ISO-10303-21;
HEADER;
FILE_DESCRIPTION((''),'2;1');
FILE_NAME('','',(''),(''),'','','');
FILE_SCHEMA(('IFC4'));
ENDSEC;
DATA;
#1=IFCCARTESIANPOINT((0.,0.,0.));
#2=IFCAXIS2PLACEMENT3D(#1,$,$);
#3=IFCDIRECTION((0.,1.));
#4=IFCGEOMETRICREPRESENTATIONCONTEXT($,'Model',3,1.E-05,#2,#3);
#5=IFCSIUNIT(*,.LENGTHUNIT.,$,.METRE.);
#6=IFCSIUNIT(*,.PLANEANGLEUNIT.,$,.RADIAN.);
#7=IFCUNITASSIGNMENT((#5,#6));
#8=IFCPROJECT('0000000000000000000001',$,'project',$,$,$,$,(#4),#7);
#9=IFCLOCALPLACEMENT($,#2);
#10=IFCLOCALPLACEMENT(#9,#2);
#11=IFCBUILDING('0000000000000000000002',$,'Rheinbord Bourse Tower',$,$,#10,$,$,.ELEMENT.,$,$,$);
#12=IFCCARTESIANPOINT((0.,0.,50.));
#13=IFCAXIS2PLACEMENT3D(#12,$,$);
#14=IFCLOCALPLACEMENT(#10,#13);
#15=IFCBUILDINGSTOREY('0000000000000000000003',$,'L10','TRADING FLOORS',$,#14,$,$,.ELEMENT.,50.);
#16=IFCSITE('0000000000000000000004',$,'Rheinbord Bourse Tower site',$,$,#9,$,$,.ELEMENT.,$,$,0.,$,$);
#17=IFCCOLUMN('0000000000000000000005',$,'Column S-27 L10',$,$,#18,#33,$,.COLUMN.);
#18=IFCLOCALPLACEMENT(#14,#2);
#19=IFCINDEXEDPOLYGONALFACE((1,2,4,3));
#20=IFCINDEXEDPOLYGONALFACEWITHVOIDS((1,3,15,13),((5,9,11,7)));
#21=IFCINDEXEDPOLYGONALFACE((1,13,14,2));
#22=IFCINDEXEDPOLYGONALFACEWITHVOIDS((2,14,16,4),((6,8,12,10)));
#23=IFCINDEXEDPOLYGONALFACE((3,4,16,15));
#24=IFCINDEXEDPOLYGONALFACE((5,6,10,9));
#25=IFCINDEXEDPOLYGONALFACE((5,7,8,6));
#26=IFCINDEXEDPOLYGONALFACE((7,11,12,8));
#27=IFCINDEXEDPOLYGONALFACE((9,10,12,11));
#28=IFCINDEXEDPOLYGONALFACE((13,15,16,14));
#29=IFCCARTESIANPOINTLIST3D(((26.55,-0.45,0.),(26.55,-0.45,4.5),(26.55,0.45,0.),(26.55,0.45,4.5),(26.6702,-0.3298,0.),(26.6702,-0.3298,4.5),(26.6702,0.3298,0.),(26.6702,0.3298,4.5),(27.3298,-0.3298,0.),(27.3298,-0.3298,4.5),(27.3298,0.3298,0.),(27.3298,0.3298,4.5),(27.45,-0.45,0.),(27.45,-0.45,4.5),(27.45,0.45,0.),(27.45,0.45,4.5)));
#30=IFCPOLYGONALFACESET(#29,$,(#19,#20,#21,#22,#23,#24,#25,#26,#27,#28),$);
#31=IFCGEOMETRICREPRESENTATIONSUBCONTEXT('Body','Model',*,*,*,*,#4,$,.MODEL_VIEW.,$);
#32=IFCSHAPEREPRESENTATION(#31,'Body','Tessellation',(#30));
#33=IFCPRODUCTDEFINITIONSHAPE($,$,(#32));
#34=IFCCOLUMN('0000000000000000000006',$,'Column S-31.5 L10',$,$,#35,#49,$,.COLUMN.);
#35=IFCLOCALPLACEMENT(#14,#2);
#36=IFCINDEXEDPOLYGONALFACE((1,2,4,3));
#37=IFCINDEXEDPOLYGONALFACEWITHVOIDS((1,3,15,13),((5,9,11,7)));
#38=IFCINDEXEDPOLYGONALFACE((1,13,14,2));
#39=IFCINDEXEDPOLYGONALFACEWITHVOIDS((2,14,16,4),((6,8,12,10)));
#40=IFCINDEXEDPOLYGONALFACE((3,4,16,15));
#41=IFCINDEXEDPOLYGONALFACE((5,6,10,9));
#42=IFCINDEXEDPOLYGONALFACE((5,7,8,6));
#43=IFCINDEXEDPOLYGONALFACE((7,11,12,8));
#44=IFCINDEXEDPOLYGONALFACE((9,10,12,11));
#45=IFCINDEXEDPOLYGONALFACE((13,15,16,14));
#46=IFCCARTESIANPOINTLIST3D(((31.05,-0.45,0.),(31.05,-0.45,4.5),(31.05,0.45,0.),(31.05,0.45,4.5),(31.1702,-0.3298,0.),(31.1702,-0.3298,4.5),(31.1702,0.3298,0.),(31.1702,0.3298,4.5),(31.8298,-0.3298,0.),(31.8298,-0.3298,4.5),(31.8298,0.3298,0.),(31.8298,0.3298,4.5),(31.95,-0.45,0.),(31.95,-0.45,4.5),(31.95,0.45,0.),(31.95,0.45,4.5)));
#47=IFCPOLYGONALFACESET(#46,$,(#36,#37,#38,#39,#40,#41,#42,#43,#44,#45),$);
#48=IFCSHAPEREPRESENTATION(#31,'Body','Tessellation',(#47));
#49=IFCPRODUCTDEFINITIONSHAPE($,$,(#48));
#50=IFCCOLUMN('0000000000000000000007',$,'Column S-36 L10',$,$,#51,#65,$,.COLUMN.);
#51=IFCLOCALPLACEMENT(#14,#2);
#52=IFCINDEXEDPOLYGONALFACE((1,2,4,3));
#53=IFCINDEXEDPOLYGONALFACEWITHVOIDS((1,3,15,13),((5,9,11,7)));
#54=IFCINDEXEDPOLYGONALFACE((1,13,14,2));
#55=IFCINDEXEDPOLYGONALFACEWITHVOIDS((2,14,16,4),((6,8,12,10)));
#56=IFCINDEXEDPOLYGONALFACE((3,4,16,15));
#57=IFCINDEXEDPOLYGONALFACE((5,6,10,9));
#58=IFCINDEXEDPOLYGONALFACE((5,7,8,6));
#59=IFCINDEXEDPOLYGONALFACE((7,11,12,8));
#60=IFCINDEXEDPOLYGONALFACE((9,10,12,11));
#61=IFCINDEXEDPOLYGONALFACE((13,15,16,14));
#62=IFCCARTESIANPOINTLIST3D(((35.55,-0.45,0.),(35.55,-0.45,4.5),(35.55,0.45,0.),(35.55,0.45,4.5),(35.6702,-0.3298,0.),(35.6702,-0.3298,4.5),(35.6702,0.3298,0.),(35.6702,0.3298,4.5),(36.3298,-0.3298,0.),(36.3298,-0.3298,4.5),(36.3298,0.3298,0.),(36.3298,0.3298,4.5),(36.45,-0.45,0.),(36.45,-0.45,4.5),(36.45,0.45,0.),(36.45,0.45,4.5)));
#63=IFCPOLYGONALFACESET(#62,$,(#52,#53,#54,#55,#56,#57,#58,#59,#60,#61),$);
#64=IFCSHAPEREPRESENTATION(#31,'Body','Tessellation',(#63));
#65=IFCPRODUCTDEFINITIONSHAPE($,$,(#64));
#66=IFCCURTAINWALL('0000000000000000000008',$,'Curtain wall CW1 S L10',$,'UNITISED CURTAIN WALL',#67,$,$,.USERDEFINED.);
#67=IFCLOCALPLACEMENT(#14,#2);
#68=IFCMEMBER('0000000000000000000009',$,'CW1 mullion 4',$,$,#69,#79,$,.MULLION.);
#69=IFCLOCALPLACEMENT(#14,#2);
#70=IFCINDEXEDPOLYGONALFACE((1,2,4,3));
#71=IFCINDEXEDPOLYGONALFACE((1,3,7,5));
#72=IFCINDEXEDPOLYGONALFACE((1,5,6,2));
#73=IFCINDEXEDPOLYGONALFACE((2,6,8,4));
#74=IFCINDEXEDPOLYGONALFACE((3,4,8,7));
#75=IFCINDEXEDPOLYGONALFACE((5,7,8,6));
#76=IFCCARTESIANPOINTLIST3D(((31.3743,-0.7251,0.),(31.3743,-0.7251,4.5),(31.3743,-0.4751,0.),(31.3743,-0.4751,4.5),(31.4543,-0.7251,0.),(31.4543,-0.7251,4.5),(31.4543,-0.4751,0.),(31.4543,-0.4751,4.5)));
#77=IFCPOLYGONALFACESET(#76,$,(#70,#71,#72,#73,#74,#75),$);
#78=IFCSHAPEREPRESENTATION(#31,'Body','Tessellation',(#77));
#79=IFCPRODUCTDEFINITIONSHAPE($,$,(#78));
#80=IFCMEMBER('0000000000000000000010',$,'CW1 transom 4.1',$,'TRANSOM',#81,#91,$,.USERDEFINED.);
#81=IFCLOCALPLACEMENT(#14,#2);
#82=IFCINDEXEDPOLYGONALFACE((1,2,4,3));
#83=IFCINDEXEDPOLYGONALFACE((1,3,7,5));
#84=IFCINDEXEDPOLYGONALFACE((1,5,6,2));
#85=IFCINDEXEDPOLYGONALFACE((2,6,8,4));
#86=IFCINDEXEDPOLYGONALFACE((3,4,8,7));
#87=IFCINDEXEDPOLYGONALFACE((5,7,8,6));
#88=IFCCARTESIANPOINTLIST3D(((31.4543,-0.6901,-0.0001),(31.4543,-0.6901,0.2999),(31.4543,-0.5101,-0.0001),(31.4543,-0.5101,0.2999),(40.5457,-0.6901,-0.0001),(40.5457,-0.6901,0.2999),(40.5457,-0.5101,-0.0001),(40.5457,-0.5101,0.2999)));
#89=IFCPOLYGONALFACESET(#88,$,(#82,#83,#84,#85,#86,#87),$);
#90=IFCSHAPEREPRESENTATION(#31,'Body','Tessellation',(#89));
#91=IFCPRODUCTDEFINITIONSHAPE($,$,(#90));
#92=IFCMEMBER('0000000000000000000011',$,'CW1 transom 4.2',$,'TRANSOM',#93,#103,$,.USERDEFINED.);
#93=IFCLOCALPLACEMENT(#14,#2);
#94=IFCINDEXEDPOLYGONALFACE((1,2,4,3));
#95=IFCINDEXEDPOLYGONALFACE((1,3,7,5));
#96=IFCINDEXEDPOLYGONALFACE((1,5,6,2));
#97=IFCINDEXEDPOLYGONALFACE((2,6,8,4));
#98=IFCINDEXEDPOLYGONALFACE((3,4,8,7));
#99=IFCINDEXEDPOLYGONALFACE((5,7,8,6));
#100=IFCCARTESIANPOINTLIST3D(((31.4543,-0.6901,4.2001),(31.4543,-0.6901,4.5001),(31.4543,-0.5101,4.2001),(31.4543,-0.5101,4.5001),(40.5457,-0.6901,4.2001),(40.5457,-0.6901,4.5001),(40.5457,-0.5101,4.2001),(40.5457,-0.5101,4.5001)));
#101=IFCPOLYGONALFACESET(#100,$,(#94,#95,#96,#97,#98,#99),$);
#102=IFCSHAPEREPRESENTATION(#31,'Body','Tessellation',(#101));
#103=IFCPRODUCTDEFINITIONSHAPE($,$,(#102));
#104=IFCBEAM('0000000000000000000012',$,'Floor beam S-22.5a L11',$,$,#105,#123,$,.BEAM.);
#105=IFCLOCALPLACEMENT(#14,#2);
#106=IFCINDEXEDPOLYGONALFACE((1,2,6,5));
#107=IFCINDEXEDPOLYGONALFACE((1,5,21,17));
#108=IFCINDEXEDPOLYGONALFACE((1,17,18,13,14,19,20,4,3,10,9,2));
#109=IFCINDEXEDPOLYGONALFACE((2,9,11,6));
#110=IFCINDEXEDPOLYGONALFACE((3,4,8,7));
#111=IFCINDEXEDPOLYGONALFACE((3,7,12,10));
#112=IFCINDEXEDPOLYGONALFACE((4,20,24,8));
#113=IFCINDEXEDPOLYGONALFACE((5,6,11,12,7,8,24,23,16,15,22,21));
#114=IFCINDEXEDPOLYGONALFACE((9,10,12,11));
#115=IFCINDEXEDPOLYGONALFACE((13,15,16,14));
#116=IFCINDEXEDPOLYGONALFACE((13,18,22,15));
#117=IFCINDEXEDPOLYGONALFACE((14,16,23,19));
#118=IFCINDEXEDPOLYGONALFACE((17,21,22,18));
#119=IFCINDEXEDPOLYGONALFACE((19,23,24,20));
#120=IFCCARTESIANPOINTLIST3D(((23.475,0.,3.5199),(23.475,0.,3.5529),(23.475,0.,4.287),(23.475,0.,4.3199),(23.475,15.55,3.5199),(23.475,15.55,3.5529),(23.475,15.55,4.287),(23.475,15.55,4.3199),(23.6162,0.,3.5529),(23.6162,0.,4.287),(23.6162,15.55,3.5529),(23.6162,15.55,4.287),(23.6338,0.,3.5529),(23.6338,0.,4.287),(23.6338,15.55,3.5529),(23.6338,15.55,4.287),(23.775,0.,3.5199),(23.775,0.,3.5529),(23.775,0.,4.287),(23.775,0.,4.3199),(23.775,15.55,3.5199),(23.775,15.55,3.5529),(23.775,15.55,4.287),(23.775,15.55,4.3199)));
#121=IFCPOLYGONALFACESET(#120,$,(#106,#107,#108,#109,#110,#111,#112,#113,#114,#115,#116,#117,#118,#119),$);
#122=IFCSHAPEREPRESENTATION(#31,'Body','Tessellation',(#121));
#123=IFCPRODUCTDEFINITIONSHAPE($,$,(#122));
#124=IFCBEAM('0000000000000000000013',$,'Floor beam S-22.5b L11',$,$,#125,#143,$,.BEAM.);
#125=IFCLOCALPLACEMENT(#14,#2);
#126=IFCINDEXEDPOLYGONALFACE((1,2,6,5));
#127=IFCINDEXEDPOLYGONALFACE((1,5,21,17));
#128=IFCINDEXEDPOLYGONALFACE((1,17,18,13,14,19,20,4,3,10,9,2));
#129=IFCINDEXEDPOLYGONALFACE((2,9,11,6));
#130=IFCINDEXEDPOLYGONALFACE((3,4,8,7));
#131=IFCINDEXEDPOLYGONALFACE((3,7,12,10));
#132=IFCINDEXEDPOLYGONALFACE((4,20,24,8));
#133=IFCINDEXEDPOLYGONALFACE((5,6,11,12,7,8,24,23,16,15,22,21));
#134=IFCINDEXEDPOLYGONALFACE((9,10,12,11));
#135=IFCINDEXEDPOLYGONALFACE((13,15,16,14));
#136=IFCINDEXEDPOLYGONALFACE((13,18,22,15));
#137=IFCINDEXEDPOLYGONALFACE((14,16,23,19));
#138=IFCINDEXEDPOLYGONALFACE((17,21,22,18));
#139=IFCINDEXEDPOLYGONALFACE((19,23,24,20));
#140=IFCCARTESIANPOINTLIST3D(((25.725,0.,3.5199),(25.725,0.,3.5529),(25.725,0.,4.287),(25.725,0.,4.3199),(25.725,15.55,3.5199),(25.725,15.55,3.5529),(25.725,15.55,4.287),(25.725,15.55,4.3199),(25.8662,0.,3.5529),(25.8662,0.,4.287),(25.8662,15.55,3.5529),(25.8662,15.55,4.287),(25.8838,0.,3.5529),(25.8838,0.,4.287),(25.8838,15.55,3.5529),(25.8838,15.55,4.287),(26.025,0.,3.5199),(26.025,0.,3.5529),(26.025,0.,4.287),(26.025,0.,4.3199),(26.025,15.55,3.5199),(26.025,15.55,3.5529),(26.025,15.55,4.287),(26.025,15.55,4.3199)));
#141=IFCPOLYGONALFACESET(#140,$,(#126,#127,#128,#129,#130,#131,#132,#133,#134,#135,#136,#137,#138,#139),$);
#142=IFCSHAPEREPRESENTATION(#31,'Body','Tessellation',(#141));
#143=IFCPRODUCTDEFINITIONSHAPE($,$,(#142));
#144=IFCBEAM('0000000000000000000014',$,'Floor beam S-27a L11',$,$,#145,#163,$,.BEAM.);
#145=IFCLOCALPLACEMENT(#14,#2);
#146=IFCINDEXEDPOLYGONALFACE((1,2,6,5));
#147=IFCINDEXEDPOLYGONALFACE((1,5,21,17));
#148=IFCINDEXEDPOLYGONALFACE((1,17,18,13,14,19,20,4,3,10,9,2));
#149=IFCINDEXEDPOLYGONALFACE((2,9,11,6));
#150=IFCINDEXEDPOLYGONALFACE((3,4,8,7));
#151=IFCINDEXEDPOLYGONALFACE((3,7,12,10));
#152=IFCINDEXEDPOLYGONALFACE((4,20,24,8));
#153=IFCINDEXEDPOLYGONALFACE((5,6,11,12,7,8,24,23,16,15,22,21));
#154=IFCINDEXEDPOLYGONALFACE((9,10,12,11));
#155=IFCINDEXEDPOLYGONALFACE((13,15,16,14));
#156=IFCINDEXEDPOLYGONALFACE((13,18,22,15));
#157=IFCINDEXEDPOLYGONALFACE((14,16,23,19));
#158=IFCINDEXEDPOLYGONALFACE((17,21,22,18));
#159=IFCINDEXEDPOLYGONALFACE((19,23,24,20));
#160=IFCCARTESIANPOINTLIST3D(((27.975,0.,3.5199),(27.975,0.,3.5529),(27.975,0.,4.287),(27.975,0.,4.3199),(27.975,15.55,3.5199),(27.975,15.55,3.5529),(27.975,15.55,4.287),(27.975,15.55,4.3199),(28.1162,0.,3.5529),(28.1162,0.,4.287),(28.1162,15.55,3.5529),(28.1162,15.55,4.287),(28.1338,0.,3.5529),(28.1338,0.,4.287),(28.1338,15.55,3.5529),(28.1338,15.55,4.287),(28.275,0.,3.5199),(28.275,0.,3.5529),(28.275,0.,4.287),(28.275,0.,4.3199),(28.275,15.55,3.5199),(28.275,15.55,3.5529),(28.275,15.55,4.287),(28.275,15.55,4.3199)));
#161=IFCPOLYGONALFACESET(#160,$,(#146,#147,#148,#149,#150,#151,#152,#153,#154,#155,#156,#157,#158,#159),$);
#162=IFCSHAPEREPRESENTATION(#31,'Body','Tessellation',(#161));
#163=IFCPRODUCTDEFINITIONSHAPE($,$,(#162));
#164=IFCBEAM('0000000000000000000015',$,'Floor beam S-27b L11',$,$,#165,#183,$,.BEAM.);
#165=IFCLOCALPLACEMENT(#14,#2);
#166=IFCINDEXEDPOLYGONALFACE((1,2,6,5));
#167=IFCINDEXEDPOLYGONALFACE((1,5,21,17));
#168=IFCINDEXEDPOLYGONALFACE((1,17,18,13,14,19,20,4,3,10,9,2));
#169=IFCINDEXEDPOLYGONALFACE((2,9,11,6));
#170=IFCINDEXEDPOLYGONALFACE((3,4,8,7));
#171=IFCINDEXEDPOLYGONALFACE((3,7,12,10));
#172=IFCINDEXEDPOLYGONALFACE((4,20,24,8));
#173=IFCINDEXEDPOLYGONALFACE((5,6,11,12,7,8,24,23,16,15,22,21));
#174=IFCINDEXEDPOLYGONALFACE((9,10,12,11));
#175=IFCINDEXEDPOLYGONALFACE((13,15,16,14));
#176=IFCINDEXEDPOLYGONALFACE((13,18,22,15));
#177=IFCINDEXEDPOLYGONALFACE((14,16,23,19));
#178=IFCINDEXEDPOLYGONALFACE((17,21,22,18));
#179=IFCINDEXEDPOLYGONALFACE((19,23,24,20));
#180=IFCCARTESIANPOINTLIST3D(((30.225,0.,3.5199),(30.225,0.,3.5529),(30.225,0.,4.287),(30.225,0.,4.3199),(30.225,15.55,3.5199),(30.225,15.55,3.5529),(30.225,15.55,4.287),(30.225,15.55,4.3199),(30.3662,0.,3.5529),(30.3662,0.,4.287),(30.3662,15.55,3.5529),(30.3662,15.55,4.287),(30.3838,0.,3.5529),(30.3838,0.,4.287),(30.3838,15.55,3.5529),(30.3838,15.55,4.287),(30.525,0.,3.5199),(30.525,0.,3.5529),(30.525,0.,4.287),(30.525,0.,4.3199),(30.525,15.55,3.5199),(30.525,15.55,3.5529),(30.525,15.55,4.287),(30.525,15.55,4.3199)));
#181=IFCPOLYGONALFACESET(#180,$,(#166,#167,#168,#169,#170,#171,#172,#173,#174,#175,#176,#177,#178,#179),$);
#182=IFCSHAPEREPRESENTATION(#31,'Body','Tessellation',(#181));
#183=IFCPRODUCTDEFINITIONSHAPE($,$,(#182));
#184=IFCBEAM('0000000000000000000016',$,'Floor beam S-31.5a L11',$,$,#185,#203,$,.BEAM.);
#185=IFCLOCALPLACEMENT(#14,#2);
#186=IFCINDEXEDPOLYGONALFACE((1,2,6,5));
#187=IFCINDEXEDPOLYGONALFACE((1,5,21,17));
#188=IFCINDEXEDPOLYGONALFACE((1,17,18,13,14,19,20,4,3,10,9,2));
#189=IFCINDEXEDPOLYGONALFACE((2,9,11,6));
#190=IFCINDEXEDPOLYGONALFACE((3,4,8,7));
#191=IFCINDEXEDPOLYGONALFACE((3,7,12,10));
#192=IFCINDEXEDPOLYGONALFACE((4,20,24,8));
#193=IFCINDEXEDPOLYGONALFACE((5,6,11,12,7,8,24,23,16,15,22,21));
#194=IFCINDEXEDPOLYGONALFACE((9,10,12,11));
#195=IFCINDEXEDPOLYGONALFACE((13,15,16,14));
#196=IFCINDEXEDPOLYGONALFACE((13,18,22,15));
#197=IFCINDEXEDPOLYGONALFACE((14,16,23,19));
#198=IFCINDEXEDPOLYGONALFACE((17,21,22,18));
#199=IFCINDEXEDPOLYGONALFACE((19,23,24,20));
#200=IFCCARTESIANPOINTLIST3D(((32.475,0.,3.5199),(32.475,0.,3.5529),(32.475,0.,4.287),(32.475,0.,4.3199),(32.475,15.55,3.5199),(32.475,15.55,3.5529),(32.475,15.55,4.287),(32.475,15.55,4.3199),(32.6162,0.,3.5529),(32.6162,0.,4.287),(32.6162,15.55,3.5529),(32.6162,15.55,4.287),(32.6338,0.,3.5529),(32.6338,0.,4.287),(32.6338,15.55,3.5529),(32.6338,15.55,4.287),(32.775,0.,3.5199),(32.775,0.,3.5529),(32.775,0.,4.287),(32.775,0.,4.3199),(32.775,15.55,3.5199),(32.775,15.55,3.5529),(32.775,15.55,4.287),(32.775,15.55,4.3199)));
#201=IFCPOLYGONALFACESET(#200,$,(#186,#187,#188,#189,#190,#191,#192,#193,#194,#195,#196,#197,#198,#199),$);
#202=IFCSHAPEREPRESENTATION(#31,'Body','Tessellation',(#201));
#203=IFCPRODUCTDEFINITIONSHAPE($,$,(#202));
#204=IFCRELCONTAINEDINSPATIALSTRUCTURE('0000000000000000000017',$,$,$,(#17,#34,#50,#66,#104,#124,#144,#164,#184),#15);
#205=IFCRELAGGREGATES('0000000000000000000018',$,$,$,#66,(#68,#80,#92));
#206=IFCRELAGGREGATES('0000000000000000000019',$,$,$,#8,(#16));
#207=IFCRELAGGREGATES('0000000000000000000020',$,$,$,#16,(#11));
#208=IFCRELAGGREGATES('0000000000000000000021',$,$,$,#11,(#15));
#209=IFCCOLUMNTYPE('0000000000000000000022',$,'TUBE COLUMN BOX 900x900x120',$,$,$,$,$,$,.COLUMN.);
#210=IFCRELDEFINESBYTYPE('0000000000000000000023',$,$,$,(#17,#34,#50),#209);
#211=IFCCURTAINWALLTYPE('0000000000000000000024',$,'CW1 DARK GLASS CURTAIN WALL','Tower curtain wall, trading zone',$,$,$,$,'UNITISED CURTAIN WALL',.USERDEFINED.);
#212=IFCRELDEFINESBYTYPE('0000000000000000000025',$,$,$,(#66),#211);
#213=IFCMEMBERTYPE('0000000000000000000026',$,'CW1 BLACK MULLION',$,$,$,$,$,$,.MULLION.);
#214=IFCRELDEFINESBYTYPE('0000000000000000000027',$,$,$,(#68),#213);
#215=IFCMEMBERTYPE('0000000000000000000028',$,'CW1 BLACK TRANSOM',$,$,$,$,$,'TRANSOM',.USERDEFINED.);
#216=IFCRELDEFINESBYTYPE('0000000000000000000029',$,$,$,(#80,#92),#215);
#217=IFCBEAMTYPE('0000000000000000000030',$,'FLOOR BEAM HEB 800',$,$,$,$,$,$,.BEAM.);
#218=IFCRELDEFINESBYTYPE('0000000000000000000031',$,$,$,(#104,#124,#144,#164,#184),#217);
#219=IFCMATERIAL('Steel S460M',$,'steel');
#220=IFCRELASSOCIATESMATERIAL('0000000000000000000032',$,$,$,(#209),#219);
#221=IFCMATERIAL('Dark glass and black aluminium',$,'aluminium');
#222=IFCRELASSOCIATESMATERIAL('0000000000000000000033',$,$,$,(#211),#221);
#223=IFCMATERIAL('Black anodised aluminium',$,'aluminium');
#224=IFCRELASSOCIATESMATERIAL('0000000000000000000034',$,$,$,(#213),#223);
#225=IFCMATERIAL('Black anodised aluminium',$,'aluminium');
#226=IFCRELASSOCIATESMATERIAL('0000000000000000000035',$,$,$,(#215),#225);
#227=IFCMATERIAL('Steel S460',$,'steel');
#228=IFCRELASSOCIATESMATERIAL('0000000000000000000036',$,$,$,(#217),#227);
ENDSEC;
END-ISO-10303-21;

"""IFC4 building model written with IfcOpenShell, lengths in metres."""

from ifc_helpers import new_model, si_unit, direction, frame, origin, origin_2d, place, context, subcontext, project, spatial, rectangle, hollow_rectangle, i_section, extrude, material, material_profile, profile_set, type_object, element, aggregate, save


model = new_model("IFC4")

# Units and contexts
model_context = context("Model", 3, precision=1e-05, world=origin(), true_north=direction((0.0, 1.0)))
body_context = subcontext(model_context, "Body", "Model", "MODEL_VIEW")
ifc_project = project(units=[si_unit("LENGTHUNIT", "METRE"), si_unit("PLANEANGLEUNIT", "RADIAN")], contexts=[model_context])

# Site, building, storey
site_placement = place(None, origin())
site = spatial("IfcSite", under=ifc_project, at=site_placement, Name="Rheinbord Bourse Tower site", CompositionType="ELEMENT", RefElevation=0.0)
building_placement = place(site_placement, origin())
building = spatial("IfcBuilding", under=site, at=building_placement, Name="Rheinbord Bourse Tower", CompositionType="ELEMENT")
storey_placement = place(building_placement, frame((0.0, 0.0, 50.0)))
storey = spatial("IfcBuildingStorey", under=building, at=storey_placement, Name="L10", Description="TRADING FLOORS", CompositionType="ELEMENT", Elevation=50.0)

# Columns
ifc_material_1 = material(Name="Steel S460M", Category="steel")
ifc_material_profile_1 = material_profile(ifc_material_1, hollow_rectangle(XDim=0.8999, YDim=0.8999, WallThickness=0.1201, at=origin_2d()), Name="BOX 900x900x120")
ifc_profile_set_1 = profile_set([ifc_material_profile_1], Name="Steel S460M")
column_type = type_object("IfcColumnType", Name="TUBE COLUMN BOX 900x900x120", PredefinedType="COLUMN", material=ifc_profile_set_1)
for number, where, z_axis, x_axis, name in (
    (1, (27.0, 0.0, 0.0), (0.0, 0.0, 1.0), (0.0, 1.0, 0.0), "Column S-27 L10"),
    (2, (31.5, 0.0, 0.0), (0.0, 0.0, 1.0), (0.0, 1.0, 0.0), "Column S-31.5 L10"),
    (3, (36.0, 0.0, 0.0), (0.0, 0.0, 1.0), (0.0, 1.0, 0.0), "Column S-36 L10"),
):
    element("IfcColumn", number, at=place(storey_placement, frame(where, z_axis=z_axis, x_axis=x_axis)), inside=storey, type_object=column_type, Name=name, PredefinedType="COLUMN", context=body_context, shape_type="SweptSolid", body=[
        extrude(hollow_rectangle(XDim=0.8999, YDim=0.8999, WallThickness=0.1201, at=origin_2d()), origin(), (0.0, 0.0, 1.0), 4.5),
    ])

# Curtain wall, members
ifc_material_2 = material(Name="Dark glass and black aluminium", Category="aluminium")
curtain_wall_type = type_object("IfcCurtainWallType", Name="CW1 DARK GLASS CURTAIN WALL", Description="Tower curtain wall, trading zone", ElementType="UNITISED CURTAIN WALL", PredefinedType="USERDEFINED", material=ifc_material_2)
curtain_wall_placement = place(storey_placement, origin())
curtain_wall = element("IfcCurtainWall", 4, at=curtain_wall_placement, inside=storey, type_object=curtain_wall_type, Name="Curtain wall CW1 S L10", ObjectType="UNITISED CURTAIN WALL", PredefinedType="USERDEFINED")
ifc_material_3 = material(Name="Black anodised aluminium", Category="aluminium")
ifc_material_profile_2 = material_profile(ifc_material_3, rectangle(XDim=0.25, YDim=0.0801, at=origin_2d()), Name="CW1 MULLION 80x250")
ifc_profile_set_2 = profile_set([ifc_material_profile_2], Name="Black anodised aluminium")
member_type_1 = type_object("IfcMemberType", Name="CW1 BLACK MULLION", PredefinedType="MULLION", material=ifc_profile_set_2)
member_1_placement = place(storey_placement, frame((31.4143, -0.6001, 0.0), z_axis=(0.0, 0.0, 1.0), x_axis=(0.0, 1.0, 0.0)))
member_1 = element("IfcMember", 5, at=member_1_placement, type_object=member_type_1, Name="CW1 mullion 4", PredefinedType="MULLION", context=body_context, shape_type="SweptSolid", body=[
    extrude(rectangle(XDim=0.25, YDim=0.0801, at=origin_2d()), origin(), (0.0, 0.0, 1.0), 4.5),
])
ifc_material_4 = material(Name="Black anodised aluminium", Category="aluminium")
ifc_material_profile_3 = material_profile(ifc_material_4, rectangle(XDim=0.1799, YDim=0.3, at=origin_2d()), Name="CW1 TRANSOM 300x180")
ifc_profile_set_3 = profile_set([ifc_material_profile_3], Name="Black anodised aluminium")
member_type_2 = type_object("IfcMemberType", Name="CW1 BLACK TRANSOM", ElementType="TRANSOM", PredefinedType="USERDEFINED", material=ifc_profile_set_3)
member_2_placement = place(storey_placement, frame((31.4543, -0.6001, 0.1499), z_axis=(1.0, 0.0, 0.0), x_axis=(0.0, 1.0, 0.0)))
member_2 = element("IfcMember", 6, at=member_2_placement, type_object=member_type_2, Name="CW1 transom 4.1", ObjectType="TRANSOM", PredefinedType="USERDEFINED", context=body_context, shape_type="SweptSolid", body=[
    extrude(rectangle(XDim=0.1799, YDim=0.3, at=origin_2d()), origin(), (0.0, 0.0, 1.0), 9.0913),
])
member_3_placement = place(storey_placement, frame((31.4543, -0.6001, 4.3501), z_axis=(1.0, 0.0, 0.0), x_axis=(0.0, 1.0, 0.0)))
member_3 = element("IfcMember", 7, at=member_3_placement, type_object=member_type_2, Name="CW1 transom 4.2", ObjectType="TRANSOM", PredefinedType="USERDEFINED", context=body_context, shape_type="SweptSolid", body=[
    extrude(rectangle(XDim=0.1799, YDim=0.3, at=origin_2d()), origin(), (0.0, 0.0, 1.0), 9.0913),
])

# Beams
ifc_material_5 = material(Name="Steel S460", Category="steel")
ifc_material_profile_4 = material_profile(ifc_material_5, i_section(OverallWidth=0.3, OverallDepth=0.8, WebThickness=0.0176, FlangeThickness=0.033, at=origin_2d()), Name="HEB 800")
ifc_profile_set_4 = profile_set([ifc_material_profile_4], Name="Steel S460")
beam_type_1 = type_object("IfcBeamType", Name="FLOOR BEAM HEB 800", PredefinedType="BEAM", material=ifc_profile_set_4)
for number, where, z_axis, x_axis, name in (
    (8, (23.625, 0.0, 3.9199), (0.0, 1.0, 0.0), (-1.0, 0.0, 0.0), "Floor beam S-22.5a L11"),
    (9, (25.875, 0.0, 3.9199), (0.0, 1.0, 0.0), (-1.0, 0.0, 0.0), "Floor beam S-22.5b L11"),
    (10, (28.125, 0.0, 3.9199), (0.0, 1.0, 0.0), (-1.0, 0.0, 0.0), "Floor beam S-27a L11"),
    (11, (30.375, 0.0, 3.9199), (0.0, 1.0, 0.0), (-1.0, 0.0, 0.0), "Floor beam S-27b L11"),
    (12, (32.625, 0.0, 3.9199), (0.0, 1.0, 0.0), (-1.0, 0.0, 0.0), "Floor beam S-31.5a L11"),
):
    element("IfcBeam", number, at=place(storey_placement, frame(where, z_axis=z_axis, x_axis=x_axis)), inside=storey, type_object=beam_type_1, Name=name, PredefinedType="BEAM", context=body_context, shape_type="SweptSolid", body=[
        extrude(i_section(OverallWidth=0.3, OverallDepth=0.8, WebThickness=0.0176, FlangeThickness=0.033, at=origin_2d()), origin(), (0.0, 0.0, 1.0), 15.55),
    ])

aggregate(curtain_wall, [member_1, member_2, member_3])

save(model, "model.ifc")
